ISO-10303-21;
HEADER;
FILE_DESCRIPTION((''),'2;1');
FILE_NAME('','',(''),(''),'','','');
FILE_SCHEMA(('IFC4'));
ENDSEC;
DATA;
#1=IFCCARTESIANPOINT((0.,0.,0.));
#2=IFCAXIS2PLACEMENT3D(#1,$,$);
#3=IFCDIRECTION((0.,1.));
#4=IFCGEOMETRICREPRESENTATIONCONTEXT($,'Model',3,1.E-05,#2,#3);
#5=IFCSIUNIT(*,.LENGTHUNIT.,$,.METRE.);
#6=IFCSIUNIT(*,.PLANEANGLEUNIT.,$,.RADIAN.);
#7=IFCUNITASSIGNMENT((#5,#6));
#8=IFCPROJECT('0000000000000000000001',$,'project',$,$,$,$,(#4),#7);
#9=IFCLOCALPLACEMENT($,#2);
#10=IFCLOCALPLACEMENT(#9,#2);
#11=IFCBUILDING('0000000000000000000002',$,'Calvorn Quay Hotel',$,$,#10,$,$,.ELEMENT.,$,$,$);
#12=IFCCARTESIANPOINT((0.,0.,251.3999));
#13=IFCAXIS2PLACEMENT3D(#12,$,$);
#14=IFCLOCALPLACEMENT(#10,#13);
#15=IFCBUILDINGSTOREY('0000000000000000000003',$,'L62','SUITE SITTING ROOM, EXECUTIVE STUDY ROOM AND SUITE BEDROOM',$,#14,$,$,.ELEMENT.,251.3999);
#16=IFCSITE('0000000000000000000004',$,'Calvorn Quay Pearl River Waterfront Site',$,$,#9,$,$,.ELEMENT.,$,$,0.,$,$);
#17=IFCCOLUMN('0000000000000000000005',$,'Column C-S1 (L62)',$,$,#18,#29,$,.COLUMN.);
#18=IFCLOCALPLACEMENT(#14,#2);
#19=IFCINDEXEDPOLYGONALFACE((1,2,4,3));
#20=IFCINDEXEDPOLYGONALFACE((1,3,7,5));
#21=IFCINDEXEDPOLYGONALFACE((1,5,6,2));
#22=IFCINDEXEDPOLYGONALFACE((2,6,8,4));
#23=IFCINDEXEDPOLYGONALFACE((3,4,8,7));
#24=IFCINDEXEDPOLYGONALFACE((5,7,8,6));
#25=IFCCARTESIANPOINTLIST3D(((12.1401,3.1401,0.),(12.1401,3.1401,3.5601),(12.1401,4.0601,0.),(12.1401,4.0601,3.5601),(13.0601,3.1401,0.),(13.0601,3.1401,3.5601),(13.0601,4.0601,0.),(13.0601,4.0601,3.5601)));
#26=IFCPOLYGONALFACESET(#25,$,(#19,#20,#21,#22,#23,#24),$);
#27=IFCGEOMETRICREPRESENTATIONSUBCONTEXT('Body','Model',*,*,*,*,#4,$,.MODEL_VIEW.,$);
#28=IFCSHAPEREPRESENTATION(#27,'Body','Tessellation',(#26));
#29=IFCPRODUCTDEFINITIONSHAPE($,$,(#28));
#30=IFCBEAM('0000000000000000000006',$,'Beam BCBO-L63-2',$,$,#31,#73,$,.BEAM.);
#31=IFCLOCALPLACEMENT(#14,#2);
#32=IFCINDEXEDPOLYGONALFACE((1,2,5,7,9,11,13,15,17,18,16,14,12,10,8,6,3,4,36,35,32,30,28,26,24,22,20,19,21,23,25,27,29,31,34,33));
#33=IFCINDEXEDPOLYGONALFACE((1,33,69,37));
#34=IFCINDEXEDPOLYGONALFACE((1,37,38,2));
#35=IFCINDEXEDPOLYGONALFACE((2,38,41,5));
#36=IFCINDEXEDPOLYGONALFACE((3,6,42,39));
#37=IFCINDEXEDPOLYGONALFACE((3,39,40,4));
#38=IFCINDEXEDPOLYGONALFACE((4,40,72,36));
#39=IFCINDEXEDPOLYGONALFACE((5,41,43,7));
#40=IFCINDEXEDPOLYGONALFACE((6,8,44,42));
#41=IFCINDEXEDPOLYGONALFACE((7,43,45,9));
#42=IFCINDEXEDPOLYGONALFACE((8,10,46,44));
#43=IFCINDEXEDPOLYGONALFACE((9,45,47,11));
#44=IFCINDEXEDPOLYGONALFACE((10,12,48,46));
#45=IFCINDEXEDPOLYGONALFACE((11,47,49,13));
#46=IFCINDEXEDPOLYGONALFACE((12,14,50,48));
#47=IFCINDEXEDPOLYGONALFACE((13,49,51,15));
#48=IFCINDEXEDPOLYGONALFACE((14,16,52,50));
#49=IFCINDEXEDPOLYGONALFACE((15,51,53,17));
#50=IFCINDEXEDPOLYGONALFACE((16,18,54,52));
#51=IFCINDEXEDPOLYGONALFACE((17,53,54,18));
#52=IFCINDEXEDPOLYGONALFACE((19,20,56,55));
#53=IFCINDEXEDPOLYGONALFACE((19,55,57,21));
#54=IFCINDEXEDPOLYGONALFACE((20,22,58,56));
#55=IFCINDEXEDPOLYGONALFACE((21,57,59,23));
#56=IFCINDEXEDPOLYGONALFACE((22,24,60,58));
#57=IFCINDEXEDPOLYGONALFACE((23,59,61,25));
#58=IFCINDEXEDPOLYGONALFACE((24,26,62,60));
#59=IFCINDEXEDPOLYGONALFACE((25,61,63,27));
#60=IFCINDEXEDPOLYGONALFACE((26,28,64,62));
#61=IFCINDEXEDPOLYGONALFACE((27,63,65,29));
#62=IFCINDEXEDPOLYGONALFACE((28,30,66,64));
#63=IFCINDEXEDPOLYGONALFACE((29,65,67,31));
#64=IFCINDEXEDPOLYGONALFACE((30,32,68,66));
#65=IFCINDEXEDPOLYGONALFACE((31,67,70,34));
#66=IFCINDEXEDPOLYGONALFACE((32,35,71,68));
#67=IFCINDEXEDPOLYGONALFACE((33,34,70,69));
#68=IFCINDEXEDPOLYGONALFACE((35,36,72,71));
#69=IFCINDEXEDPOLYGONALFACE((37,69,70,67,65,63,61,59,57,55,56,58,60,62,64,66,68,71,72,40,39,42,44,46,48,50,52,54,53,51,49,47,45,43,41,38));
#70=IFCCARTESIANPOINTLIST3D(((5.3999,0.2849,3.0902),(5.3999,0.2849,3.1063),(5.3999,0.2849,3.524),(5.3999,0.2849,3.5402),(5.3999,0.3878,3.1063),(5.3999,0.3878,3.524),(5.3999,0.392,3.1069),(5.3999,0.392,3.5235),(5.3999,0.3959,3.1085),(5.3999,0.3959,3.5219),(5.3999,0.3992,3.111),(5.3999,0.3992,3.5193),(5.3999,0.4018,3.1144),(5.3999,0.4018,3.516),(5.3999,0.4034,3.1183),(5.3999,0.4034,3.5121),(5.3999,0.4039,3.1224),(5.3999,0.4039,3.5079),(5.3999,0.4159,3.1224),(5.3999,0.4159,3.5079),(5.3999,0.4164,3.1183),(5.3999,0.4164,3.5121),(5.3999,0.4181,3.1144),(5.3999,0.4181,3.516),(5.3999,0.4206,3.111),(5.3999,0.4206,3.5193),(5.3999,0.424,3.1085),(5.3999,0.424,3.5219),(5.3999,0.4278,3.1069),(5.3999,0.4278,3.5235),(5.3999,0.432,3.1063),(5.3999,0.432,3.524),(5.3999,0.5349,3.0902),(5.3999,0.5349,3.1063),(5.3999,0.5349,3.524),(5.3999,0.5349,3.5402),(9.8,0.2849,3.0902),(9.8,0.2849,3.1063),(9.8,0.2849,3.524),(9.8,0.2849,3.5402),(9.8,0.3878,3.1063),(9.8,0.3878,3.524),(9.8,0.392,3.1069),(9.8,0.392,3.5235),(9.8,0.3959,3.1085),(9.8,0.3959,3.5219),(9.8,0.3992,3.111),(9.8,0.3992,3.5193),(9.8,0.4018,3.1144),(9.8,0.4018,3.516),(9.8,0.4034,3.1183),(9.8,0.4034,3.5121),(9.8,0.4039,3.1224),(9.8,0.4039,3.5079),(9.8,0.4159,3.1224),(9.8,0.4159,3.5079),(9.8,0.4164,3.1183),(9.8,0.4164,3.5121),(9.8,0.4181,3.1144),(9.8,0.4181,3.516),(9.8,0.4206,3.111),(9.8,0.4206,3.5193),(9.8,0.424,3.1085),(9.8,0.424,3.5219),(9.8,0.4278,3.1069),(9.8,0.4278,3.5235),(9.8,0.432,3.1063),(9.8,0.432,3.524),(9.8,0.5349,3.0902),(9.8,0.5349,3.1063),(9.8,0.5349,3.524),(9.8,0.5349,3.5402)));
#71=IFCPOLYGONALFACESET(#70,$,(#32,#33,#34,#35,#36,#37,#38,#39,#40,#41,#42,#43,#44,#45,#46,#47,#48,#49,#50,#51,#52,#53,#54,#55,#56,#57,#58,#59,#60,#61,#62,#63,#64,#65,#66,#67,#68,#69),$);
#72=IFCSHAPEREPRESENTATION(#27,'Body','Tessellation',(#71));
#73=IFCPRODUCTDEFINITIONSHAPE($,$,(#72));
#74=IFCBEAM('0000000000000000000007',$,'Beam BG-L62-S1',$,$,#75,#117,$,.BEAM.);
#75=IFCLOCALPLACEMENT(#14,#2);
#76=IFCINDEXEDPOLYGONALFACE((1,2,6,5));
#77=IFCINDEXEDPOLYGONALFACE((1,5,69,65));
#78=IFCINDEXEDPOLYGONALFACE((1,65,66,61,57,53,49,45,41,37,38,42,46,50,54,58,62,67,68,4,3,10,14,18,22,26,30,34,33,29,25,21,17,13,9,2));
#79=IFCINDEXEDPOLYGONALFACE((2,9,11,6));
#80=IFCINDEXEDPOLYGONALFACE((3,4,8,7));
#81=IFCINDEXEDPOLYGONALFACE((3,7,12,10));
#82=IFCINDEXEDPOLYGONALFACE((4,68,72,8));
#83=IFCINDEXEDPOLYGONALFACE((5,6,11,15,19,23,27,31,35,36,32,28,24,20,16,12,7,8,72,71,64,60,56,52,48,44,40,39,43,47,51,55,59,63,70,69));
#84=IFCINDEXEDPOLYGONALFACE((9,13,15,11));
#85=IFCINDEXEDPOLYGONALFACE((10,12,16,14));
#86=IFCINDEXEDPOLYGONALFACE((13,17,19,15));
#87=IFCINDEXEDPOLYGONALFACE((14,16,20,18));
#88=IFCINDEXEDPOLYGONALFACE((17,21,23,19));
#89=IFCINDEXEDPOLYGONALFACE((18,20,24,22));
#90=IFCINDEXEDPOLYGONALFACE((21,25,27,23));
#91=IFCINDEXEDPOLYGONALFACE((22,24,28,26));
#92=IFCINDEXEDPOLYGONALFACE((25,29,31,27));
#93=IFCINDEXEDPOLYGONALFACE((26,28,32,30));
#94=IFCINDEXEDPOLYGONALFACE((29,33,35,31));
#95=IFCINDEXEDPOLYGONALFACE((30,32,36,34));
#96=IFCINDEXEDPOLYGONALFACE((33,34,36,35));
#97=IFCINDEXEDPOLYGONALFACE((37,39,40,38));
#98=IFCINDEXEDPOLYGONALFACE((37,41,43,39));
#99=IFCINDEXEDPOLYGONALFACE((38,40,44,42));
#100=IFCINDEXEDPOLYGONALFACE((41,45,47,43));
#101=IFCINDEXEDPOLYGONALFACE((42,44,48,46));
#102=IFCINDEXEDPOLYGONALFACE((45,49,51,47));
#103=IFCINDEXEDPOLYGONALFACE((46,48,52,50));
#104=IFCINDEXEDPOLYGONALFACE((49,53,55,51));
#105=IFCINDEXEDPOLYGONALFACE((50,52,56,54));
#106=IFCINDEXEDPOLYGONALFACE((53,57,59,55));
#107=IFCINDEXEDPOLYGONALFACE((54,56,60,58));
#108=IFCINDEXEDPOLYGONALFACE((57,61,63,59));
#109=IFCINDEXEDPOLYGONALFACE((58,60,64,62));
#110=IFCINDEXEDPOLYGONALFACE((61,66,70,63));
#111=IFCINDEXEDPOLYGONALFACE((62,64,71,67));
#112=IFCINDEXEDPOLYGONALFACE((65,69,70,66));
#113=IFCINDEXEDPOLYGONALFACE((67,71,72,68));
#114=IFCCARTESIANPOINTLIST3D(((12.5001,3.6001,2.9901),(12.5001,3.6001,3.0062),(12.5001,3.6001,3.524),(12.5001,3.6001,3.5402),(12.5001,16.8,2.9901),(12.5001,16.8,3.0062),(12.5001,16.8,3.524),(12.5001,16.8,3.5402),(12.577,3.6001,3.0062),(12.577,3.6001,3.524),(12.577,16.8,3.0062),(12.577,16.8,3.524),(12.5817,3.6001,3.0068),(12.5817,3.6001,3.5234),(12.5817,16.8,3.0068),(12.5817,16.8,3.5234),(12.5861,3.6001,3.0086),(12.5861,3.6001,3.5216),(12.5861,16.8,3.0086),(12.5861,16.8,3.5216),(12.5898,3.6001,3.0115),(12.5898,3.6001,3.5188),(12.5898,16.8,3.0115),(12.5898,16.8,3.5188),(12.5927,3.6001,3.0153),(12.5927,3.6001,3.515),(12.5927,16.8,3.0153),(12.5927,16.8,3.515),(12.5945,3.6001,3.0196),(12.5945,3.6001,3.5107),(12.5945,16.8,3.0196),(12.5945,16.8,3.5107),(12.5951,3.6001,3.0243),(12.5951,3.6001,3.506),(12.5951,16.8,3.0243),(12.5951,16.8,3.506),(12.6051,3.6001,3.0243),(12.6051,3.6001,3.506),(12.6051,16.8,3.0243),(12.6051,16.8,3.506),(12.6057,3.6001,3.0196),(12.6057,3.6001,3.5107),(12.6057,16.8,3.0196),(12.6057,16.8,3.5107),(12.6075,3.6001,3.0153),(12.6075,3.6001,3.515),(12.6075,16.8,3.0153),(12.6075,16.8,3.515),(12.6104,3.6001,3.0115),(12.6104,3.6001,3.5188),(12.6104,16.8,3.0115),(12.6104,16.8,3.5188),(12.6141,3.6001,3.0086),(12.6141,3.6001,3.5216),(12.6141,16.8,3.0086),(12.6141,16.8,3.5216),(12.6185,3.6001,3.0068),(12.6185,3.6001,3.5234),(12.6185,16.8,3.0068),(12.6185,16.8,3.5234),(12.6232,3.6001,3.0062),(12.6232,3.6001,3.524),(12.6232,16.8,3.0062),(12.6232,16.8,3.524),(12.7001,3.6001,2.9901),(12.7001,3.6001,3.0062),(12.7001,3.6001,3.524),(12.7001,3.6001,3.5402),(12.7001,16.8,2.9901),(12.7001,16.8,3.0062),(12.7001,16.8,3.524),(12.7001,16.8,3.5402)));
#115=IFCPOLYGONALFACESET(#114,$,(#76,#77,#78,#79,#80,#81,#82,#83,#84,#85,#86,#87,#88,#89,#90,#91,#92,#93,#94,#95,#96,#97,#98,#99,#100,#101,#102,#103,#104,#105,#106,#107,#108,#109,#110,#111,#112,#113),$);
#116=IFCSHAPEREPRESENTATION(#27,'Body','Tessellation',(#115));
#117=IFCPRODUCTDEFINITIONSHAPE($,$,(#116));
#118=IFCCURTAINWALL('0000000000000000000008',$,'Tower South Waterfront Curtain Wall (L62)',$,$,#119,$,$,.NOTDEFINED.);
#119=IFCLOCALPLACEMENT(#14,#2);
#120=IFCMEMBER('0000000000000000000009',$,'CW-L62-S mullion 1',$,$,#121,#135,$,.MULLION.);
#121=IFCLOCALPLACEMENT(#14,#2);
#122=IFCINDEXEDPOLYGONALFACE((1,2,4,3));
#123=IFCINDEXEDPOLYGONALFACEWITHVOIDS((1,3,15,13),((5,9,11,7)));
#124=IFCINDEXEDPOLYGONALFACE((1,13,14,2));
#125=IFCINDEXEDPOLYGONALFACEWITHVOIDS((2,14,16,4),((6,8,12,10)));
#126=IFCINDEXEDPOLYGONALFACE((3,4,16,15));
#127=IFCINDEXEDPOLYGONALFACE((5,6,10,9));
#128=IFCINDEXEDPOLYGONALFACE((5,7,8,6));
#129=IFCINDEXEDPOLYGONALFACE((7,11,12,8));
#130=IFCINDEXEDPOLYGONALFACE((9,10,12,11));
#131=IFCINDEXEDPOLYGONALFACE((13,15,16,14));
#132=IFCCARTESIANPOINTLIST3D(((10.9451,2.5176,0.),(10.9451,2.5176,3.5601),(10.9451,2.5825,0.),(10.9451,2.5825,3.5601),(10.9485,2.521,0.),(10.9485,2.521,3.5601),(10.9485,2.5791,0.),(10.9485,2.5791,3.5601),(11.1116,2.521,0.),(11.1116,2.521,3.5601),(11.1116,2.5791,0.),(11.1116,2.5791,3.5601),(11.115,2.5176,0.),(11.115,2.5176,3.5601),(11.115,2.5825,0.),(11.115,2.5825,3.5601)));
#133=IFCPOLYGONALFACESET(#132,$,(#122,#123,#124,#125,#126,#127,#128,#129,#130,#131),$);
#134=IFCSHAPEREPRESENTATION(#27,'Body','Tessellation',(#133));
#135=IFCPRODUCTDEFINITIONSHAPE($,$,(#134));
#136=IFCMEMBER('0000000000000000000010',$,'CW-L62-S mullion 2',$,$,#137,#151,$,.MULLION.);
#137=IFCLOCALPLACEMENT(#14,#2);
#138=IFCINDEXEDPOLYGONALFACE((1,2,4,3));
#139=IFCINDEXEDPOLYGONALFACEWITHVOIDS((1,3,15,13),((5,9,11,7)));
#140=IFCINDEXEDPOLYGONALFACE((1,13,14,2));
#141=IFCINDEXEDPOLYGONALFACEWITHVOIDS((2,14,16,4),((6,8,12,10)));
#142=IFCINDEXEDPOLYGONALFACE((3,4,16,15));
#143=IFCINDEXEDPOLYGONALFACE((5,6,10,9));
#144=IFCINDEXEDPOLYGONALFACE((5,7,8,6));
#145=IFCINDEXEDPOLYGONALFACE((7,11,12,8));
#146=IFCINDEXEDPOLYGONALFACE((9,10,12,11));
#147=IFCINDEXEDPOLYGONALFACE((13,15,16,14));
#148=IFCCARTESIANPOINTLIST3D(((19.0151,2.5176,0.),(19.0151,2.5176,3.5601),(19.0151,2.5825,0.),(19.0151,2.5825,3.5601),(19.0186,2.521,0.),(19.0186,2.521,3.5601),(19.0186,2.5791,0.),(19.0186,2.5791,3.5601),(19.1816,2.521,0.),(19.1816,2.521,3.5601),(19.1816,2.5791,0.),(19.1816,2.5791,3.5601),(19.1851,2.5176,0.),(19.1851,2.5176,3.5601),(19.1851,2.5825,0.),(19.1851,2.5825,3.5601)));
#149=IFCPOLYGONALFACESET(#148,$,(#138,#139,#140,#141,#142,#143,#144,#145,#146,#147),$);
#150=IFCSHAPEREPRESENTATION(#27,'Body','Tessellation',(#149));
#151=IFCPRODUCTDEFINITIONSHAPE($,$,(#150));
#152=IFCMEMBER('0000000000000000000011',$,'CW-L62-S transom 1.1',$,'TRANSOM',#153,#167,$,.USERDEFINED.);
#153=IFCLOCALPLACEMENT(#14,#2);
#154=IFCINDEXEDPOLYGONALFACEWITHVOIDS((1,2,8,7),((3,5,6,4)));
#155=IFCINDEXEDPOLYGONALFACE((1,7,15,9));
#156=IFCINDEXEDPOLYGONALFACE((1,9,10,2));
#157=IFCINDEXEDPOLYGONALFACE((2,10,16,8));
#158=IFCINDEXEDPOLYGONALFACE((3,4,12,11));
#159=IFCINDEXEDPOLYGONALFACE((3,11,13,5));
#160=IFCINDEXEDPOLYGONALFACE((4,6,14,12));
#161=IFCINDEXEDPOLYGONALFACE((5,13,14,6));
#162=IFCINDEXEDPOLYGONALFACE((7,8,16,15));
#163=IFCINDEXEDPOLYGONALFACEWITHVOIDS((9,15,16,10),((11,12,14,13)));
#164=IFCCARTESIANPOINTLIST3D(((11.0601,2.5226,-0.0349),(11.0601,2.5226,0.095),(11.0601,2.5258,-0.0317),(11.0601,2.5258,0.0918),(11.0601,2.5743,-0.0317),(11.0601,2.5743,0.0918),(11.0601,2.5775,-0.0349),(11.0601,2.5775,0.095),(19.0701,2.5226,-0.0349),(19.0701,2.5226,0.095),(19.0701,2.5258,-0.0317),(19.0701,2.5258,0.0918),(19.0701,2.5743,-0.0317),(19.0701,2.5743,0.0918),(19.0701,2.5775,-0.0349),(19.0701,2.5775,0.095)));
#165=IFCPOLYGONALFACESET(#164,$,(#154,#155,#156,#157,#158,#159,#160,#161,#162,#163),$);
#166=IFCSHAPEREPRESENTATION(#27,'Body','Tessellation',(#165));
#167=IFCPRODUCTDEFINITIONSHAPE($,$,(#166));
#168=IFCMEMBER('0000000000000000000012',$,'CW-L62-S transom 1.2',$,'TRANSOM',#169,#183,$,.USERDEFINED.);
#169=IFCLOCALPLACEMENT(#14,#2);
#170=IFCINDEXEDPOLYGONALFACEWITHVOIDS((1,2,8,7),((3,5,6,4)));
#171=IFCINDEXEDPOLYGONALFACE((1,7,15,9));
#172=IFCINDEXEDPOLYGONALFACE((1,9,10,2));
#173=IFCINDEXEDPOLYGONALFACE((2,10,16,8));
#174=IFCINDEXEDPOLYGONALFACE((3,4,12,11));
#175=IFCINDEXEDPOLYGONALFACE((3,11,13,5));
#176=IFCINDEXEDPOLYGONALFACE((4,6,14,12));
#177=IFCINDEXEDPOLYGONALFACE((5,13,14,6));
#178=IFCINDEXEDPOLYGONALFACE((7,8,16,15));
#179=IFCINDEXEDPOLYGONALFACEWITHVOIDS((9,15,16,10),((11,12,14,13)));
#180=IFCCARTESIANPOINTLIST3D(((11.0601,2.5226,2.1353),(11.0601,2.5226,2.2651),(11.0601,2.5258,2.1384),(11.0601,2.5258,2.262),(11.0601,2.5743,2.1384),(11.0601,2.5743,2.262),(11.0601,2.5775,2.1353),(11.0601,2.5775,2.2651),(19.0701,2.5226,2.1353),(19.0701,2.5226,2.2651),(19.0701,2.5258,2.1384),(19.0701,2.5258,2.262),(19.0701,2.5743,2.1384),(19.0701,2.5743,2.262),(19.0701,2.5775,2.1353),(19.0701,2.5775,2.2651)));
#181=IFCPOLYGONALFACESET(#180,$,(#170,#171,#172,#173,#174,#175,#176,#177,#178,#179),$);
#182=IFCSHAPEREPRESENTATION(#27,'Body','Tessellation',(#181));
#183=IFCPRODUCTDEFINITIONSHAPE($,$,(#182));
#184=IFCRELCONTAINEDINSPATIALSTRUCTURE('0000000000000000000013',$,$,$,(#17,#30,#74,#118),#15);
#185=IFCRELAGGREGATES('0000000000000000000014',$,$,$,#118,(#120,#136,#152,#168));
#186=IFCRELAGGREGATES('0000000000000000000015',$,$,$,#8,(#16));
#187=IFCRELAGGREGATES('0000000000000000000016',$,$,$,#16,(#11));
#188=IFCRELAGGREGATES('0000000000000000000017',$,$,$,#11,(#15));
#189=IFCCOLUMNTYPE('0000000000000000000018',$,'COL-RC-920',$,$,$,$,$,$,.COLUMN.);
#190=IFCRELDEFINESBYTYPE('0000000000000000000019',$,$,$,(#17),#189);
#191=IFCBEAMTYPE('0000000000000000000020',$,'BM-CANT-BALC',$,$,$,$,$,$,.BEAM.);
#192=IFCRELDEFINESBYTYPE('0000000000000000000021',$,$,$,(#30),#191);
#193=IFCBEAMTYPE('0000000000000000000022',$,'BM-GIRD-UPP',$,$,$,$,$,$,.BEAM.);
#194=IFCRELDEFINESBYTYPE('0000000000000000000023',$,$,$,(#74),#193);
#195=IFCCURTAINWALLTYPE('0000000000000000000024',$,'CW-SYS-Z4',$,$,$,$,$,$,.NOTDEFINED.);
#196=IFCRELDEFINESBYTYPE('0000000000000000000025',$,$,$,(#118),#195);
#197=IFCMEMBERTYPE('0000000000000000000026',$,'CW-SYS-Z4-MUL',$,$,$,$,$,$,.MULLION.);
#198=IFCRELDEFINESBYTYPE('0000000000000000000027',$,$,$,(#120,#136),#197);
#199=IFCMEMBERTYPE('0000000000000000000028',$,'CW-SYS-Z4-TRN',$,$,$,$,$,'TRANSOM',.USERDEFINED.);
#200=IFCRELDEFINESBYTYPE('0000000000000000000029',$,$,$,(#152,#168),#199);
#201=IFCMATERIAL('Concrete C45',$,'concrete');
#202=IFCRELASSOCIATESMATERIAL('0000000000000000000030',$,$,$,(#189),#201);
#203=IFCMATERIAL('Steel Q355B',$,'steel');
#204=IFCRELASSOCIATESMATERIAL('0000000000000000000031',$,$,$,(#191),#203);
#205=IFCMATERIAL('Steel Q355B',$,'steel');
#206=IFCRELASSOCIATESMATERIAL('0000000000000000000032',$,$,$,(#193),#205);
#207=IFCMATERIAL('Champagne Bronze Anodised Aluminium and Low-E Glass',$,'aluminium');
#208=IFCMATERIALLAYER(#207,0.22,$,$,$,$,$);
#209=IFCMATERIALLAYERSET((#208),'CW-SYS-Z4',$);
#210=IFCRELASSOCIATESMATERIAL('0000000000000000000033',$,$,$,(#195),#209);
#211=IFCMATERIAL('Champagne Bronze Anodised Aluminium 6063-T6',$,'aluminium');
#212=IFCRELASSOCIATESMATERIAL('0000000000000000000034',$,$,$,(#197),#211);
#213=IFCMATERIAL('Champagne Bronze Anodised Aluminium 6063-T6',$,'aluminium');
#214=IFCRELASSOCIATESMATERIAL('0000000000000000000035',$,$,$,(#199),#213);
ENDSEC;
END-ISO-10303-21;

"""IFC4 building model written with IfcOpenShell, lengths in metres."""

from ifc_helpers import new_model, si_unit, direction, frame, origin, origin_2d, place, context, subcontext, project, spatial, rectangle, hollow_rectangle, i_section, extrude, material, layer, layer_set, material_profile, profile_set, type_object, element, aggregate, save


model = new_model("IFC4")

# Units and contexts
model_context = context("Model", 3, precision=1e-05, world=origin(), true_north=direction((0.0, 1.0)))
body_context = subcontext(model_context, "Body", "Model", "MODEL_VIEW")
ifc_project = project(units=[si_unit("LENGTHUNIT", "METRE"), si_unit("PLANEANGLEUNIT", "RADIAN")], contexts=[model_context])

# Site, building, storey
site_placement = place(None, origin())
site = spatial("IfcSite", under=ifc_project, at=site_placement, Name="Calvorn Quay Pearl River Waterfront Site", CompositionType="ELEMENT", RefElevation=0.0)
building_placement = place(site_placement, origin())
building = spatial("IfcBuilding", under=site, at=building_placement, Name="Calvorn Quay Hotel", CompositionType="ELEMENT")
storey_placement = place(building_placement, frame((0.0, 0.0, 251.3999)))
storey = spatial("IfcBuildingStorey", under=building, at=storey_placement, Name="L62", Description="SUITE SITTING ROOM, EXECUTIVE STUDY ROOM AND SUITE BEDROOM", CompositionType="ELEMENT", Elevation=251.3999)

# Column
ifc_material_1 = material(Name="Concrete C45", Category="concrete")
ifc_material_profile_1 = material_profile(ifc_material_1, rectangle(XDim=0.9199, YDim=0.9199, at=origin_2d()), Name="RC920x920")
ifc_profile_set_1 = profile_set([ifc_material_profile_1], Name="Concrete C45")
column_type = type_object("IfcColumnType", Name="COL-RC-920", PredefinedType="COLUMN", material=ifc_profile_set_1)
column_placement = place(storey_placement, frame((12.6001, 3.6001, 0.0), z_axis=(0.0, 0.0, 1.0), x_axis=(1.0, 0.0, 0.0)))
element("IfcColumn", 1, at=column_placement, inside=storey, type_object=column_type, Name="Column C-S1 (L62)", PredefinedType="COLUMN", context=body_context, shape_type="SweptSolid", body=[
    extrude(rectangle(XDim=0.9199, YDim=0.9199, at=origin_2d()), origin(), (0.0, 0.0, 1.0), 3.5601),
])

# Beams
ifc_material_2 = material(Name="Steel Q355B", Category="steel")
ifc_material_profile_2 = material_profile(ifc_material_2, i_section(OverallWidth=0.25, OverallDepth=0.45, WebThickness=0.012, FlangeThickness=0.0161, FilletRadius=0.0161, at=origin_2d()), Name="HN450x250x12x16")
ifc_profile_set_2 = profile_set([ifc_material_profile_2], Name="Steel Q355B")
beam_type_1 = type_object("IfcBeamType", Name="BM-CANT-BALC", PredefinedType="BEAM", material=ifc_profile_set_2)
beam_1_placement = place(storey_placement, frame((5.3999, 0.4099, 3.3152), z_axis=(1.0, 0.0, 0.0), x_axis=(0.0, 1.0, 0.0)))
element("IfcBeam", 2, at=beam_1_placement, inside=storey, type_object=beam_type_1, Name="Beam BCBO-L63-2", PredefinedType="BEAM", context=body_context, shape_type="SweptSolid", body=[
    extrude(i_section(OverallWidth=0.25, OverallDepth=0.45, WebThickness=0.012, FlangeThickness=0.0161, FilletRadius=0.0161, at=origin_2d()), origin(), (0.0, 0.0, 1.0), 4.4001),
])
ifc_material_3 = material(Name="Steel Q355B", Category="steel")
ifc_material_profile_3 = material_profile(ifc_material_3, i_section(OverallWidth=0.2, OverallDepth=0.55, WebThickness=0.01, FlangeThickness=0.0161, FilletRadius=0.0181, at=origin_2d()), Name="HN550x200x10x16")
ifc_profile_set_3 = profile_set([ifc_material_profile_3], Name="Steel Q355B")
beam_type_2 = type_object("IfcBeamType", Name="BM-GIRD-UPP", PredefinedType="BEAM", material=ifc_profile_set_3)
beam_2_placement = place(storey_placement, frame((12.6001, 3.6001, 3.2651), z_axis=(0.0, 1.0, 0.0), x_axis=(-1.0, 0.0, 0.0)))
element("IfcBeam", 3, at=beam_2_placement, inside=storey, type_object=beam_type_2, Name="Beam BG-L62-S1", PredefinedType="BEAM", context=body_context, shape_type="SweptSolid", body=[
    extrude(i_section(OverallWidth=0.2, OverallDepth=0.55, WebThickness=0.01, FlangeThickness=0.0161, FilletRadius=0.0181, at=origin_2d()), origin(), (0.0, 0.0, 1.0), 13.2),
])

# Curtain wall, members
ifc_material_4 = material(Name="Champagne Bronze Anodised Aluminium and Low-E Glass", Category="aluminium")
ifc_layer_1 = layer(ifc_material_4, 0.22)
ifc_layer_set_1 = layer_set([ifc_layer_1], Name="CW-SYS-Z4")
curtain_wall_type = type_object("IfcCurtainWallType", Name="CW-SYS-Z4", PredefinedType="NOTDEFINED", material=ifc_layer_set_1)
curtain_wall_placement = place(storey_placement, origin())
curtain_wall = element("IfcCurtainWall", 4, at=curtain_wall_placement, inside=storey, type_object=curtain_wall_type, Name="Tower South Waterfront Curtain Wall (L62)", PredefinedType="NOTDEFINED")
ifc_material_5 = material(Name="Champagne Bronze Anodised Aluminium 6063-T6", Category="aluminium")
ifc_material_profile_4 = material_profile(ifc_material_5, hollow_rectangle(XDim=0.0649, YDim=0.1699, WallThickness=0.0034, at=origin_2d()), Name="ALU-M170x65x3.5")
ifc_profile_set_4 = profile_set([ifc_material_profile_4], Name="Champagne Bronze Anodised Aluminium 6063-T6")
member_type_1 = type_object("IfcMemberType", Name="CW-SYS-Z4-MUL", PredefinedType="MULLION", material=ifc_profile_set_4)
member_1_placement = place(storey_placement, frame((11.03, 2.55, 0.0), z_axis=(0.0, 0.0, 1.0), x_axis=(0.0, 1.0, 0.0)))
member_1 = element("IfcMember", 5, at=member_1_placement, type_object=member_type_1, Name="CW-L62-S mullion 1", PredefinedType="MULLION", context=body_context, shape_type="SweptSolid", body=[
    extrude(hollow_rectangle(XDim=0.0649, YDim=0.1699, WallThickness=0.0034, at=origin_2d()), origin(), (0.0, 0.0, 1.0), 3.5601),
])
member_2_placement = place(storey_placement, frame((19.1001, 2.55, 0.0), z_axis=(0.0, 0.0, 1.0), x_axis=(0.0, 1.0, 0.0)))
member_2 = element("IfcMember", 6, at=member_2_placement, type_object=member_type_1, Name="CW-L62-S mullion 2", PredefinedType="MULLION", context=body_context, shape_type="SweptSolid", body=[
    extrude(hollow_rectangle(XDim=0.0649, YDim=0.1699, WallThickness=0.0034, at=origin_2d()), origin(), (0.0, 0.0, 1.0), 3.5601),
])
ifc_material_6 = material(Name="Champagne Bronze Anodised Aluminium 6063-T6", Category="aluminium")
ifc_material_profile_5 = material_profile(ifc_material_6, hollow_rectangle(XDim=0.0549, YDim=0.1299, WallThickness=0.0032, at=origin_2d()), Name="ALU-T130x55x3.2")
ifc_profile_set_5 = profile_set([ifc_material_profile_5], Name="Champagne Bronze Anodised Aluminium 6063-T6")
member_type_2 = type_object("IfcMemberType", Name="CW-SYS-Z4-TRN", ElementType="TRANSOM", PredefinedType="USERDEFINED", material=ifc_profile_set_5)
member_3_placement = place(storey_placement, frame((11.0601, 2.55, 0.03), z_axis=(1.0, 0.0, 0.0), x_axis=(0.0, 1.0, 0.0)))
member_3 = element("IfcMember", 7, at=member_3_placement, type_object=member_type_2, Name="CW-L62-S transom 1.1", ObjectType="TRANSOM", PredefinedType="USERDEFINED", context=body_context, shape_type="SweptSolid", body=[
    extrude(hollow_rectangle(XDim=0.0549, YDim=0.1299, WallThickness=0.0032, at=origin_2d()), origin(), (0.0, 0.0, 1.0), 8.01),
])
member_4_placement = place(storey_placement, frame((11.0601, 2.55, 2.2002), z_axis=(1.0, 0.0, 0.0), x_axis=(0.0, 1.0, 0.0)))
member_4 = element("IfcMember", 8, at=member_4_placement, type_object=member_type_2, Name="CW-L62-S transom 1.2", ObjectType="TRANSOM", PredefinedType="USERDEFINED", context=body_context, shape_type="SweptSolid", body=[
    extrude(hollow_rectangle(XDim=0.0549, YDim=0.1299, WallThickness=0.0032, at=origin_2d()), origin(), (0.0, 0.0, 1.0), 8.01),
])
aggregate(curtain_wall, [member_1, member_2, member_3, member_4])

save(model, "model.ifc")
